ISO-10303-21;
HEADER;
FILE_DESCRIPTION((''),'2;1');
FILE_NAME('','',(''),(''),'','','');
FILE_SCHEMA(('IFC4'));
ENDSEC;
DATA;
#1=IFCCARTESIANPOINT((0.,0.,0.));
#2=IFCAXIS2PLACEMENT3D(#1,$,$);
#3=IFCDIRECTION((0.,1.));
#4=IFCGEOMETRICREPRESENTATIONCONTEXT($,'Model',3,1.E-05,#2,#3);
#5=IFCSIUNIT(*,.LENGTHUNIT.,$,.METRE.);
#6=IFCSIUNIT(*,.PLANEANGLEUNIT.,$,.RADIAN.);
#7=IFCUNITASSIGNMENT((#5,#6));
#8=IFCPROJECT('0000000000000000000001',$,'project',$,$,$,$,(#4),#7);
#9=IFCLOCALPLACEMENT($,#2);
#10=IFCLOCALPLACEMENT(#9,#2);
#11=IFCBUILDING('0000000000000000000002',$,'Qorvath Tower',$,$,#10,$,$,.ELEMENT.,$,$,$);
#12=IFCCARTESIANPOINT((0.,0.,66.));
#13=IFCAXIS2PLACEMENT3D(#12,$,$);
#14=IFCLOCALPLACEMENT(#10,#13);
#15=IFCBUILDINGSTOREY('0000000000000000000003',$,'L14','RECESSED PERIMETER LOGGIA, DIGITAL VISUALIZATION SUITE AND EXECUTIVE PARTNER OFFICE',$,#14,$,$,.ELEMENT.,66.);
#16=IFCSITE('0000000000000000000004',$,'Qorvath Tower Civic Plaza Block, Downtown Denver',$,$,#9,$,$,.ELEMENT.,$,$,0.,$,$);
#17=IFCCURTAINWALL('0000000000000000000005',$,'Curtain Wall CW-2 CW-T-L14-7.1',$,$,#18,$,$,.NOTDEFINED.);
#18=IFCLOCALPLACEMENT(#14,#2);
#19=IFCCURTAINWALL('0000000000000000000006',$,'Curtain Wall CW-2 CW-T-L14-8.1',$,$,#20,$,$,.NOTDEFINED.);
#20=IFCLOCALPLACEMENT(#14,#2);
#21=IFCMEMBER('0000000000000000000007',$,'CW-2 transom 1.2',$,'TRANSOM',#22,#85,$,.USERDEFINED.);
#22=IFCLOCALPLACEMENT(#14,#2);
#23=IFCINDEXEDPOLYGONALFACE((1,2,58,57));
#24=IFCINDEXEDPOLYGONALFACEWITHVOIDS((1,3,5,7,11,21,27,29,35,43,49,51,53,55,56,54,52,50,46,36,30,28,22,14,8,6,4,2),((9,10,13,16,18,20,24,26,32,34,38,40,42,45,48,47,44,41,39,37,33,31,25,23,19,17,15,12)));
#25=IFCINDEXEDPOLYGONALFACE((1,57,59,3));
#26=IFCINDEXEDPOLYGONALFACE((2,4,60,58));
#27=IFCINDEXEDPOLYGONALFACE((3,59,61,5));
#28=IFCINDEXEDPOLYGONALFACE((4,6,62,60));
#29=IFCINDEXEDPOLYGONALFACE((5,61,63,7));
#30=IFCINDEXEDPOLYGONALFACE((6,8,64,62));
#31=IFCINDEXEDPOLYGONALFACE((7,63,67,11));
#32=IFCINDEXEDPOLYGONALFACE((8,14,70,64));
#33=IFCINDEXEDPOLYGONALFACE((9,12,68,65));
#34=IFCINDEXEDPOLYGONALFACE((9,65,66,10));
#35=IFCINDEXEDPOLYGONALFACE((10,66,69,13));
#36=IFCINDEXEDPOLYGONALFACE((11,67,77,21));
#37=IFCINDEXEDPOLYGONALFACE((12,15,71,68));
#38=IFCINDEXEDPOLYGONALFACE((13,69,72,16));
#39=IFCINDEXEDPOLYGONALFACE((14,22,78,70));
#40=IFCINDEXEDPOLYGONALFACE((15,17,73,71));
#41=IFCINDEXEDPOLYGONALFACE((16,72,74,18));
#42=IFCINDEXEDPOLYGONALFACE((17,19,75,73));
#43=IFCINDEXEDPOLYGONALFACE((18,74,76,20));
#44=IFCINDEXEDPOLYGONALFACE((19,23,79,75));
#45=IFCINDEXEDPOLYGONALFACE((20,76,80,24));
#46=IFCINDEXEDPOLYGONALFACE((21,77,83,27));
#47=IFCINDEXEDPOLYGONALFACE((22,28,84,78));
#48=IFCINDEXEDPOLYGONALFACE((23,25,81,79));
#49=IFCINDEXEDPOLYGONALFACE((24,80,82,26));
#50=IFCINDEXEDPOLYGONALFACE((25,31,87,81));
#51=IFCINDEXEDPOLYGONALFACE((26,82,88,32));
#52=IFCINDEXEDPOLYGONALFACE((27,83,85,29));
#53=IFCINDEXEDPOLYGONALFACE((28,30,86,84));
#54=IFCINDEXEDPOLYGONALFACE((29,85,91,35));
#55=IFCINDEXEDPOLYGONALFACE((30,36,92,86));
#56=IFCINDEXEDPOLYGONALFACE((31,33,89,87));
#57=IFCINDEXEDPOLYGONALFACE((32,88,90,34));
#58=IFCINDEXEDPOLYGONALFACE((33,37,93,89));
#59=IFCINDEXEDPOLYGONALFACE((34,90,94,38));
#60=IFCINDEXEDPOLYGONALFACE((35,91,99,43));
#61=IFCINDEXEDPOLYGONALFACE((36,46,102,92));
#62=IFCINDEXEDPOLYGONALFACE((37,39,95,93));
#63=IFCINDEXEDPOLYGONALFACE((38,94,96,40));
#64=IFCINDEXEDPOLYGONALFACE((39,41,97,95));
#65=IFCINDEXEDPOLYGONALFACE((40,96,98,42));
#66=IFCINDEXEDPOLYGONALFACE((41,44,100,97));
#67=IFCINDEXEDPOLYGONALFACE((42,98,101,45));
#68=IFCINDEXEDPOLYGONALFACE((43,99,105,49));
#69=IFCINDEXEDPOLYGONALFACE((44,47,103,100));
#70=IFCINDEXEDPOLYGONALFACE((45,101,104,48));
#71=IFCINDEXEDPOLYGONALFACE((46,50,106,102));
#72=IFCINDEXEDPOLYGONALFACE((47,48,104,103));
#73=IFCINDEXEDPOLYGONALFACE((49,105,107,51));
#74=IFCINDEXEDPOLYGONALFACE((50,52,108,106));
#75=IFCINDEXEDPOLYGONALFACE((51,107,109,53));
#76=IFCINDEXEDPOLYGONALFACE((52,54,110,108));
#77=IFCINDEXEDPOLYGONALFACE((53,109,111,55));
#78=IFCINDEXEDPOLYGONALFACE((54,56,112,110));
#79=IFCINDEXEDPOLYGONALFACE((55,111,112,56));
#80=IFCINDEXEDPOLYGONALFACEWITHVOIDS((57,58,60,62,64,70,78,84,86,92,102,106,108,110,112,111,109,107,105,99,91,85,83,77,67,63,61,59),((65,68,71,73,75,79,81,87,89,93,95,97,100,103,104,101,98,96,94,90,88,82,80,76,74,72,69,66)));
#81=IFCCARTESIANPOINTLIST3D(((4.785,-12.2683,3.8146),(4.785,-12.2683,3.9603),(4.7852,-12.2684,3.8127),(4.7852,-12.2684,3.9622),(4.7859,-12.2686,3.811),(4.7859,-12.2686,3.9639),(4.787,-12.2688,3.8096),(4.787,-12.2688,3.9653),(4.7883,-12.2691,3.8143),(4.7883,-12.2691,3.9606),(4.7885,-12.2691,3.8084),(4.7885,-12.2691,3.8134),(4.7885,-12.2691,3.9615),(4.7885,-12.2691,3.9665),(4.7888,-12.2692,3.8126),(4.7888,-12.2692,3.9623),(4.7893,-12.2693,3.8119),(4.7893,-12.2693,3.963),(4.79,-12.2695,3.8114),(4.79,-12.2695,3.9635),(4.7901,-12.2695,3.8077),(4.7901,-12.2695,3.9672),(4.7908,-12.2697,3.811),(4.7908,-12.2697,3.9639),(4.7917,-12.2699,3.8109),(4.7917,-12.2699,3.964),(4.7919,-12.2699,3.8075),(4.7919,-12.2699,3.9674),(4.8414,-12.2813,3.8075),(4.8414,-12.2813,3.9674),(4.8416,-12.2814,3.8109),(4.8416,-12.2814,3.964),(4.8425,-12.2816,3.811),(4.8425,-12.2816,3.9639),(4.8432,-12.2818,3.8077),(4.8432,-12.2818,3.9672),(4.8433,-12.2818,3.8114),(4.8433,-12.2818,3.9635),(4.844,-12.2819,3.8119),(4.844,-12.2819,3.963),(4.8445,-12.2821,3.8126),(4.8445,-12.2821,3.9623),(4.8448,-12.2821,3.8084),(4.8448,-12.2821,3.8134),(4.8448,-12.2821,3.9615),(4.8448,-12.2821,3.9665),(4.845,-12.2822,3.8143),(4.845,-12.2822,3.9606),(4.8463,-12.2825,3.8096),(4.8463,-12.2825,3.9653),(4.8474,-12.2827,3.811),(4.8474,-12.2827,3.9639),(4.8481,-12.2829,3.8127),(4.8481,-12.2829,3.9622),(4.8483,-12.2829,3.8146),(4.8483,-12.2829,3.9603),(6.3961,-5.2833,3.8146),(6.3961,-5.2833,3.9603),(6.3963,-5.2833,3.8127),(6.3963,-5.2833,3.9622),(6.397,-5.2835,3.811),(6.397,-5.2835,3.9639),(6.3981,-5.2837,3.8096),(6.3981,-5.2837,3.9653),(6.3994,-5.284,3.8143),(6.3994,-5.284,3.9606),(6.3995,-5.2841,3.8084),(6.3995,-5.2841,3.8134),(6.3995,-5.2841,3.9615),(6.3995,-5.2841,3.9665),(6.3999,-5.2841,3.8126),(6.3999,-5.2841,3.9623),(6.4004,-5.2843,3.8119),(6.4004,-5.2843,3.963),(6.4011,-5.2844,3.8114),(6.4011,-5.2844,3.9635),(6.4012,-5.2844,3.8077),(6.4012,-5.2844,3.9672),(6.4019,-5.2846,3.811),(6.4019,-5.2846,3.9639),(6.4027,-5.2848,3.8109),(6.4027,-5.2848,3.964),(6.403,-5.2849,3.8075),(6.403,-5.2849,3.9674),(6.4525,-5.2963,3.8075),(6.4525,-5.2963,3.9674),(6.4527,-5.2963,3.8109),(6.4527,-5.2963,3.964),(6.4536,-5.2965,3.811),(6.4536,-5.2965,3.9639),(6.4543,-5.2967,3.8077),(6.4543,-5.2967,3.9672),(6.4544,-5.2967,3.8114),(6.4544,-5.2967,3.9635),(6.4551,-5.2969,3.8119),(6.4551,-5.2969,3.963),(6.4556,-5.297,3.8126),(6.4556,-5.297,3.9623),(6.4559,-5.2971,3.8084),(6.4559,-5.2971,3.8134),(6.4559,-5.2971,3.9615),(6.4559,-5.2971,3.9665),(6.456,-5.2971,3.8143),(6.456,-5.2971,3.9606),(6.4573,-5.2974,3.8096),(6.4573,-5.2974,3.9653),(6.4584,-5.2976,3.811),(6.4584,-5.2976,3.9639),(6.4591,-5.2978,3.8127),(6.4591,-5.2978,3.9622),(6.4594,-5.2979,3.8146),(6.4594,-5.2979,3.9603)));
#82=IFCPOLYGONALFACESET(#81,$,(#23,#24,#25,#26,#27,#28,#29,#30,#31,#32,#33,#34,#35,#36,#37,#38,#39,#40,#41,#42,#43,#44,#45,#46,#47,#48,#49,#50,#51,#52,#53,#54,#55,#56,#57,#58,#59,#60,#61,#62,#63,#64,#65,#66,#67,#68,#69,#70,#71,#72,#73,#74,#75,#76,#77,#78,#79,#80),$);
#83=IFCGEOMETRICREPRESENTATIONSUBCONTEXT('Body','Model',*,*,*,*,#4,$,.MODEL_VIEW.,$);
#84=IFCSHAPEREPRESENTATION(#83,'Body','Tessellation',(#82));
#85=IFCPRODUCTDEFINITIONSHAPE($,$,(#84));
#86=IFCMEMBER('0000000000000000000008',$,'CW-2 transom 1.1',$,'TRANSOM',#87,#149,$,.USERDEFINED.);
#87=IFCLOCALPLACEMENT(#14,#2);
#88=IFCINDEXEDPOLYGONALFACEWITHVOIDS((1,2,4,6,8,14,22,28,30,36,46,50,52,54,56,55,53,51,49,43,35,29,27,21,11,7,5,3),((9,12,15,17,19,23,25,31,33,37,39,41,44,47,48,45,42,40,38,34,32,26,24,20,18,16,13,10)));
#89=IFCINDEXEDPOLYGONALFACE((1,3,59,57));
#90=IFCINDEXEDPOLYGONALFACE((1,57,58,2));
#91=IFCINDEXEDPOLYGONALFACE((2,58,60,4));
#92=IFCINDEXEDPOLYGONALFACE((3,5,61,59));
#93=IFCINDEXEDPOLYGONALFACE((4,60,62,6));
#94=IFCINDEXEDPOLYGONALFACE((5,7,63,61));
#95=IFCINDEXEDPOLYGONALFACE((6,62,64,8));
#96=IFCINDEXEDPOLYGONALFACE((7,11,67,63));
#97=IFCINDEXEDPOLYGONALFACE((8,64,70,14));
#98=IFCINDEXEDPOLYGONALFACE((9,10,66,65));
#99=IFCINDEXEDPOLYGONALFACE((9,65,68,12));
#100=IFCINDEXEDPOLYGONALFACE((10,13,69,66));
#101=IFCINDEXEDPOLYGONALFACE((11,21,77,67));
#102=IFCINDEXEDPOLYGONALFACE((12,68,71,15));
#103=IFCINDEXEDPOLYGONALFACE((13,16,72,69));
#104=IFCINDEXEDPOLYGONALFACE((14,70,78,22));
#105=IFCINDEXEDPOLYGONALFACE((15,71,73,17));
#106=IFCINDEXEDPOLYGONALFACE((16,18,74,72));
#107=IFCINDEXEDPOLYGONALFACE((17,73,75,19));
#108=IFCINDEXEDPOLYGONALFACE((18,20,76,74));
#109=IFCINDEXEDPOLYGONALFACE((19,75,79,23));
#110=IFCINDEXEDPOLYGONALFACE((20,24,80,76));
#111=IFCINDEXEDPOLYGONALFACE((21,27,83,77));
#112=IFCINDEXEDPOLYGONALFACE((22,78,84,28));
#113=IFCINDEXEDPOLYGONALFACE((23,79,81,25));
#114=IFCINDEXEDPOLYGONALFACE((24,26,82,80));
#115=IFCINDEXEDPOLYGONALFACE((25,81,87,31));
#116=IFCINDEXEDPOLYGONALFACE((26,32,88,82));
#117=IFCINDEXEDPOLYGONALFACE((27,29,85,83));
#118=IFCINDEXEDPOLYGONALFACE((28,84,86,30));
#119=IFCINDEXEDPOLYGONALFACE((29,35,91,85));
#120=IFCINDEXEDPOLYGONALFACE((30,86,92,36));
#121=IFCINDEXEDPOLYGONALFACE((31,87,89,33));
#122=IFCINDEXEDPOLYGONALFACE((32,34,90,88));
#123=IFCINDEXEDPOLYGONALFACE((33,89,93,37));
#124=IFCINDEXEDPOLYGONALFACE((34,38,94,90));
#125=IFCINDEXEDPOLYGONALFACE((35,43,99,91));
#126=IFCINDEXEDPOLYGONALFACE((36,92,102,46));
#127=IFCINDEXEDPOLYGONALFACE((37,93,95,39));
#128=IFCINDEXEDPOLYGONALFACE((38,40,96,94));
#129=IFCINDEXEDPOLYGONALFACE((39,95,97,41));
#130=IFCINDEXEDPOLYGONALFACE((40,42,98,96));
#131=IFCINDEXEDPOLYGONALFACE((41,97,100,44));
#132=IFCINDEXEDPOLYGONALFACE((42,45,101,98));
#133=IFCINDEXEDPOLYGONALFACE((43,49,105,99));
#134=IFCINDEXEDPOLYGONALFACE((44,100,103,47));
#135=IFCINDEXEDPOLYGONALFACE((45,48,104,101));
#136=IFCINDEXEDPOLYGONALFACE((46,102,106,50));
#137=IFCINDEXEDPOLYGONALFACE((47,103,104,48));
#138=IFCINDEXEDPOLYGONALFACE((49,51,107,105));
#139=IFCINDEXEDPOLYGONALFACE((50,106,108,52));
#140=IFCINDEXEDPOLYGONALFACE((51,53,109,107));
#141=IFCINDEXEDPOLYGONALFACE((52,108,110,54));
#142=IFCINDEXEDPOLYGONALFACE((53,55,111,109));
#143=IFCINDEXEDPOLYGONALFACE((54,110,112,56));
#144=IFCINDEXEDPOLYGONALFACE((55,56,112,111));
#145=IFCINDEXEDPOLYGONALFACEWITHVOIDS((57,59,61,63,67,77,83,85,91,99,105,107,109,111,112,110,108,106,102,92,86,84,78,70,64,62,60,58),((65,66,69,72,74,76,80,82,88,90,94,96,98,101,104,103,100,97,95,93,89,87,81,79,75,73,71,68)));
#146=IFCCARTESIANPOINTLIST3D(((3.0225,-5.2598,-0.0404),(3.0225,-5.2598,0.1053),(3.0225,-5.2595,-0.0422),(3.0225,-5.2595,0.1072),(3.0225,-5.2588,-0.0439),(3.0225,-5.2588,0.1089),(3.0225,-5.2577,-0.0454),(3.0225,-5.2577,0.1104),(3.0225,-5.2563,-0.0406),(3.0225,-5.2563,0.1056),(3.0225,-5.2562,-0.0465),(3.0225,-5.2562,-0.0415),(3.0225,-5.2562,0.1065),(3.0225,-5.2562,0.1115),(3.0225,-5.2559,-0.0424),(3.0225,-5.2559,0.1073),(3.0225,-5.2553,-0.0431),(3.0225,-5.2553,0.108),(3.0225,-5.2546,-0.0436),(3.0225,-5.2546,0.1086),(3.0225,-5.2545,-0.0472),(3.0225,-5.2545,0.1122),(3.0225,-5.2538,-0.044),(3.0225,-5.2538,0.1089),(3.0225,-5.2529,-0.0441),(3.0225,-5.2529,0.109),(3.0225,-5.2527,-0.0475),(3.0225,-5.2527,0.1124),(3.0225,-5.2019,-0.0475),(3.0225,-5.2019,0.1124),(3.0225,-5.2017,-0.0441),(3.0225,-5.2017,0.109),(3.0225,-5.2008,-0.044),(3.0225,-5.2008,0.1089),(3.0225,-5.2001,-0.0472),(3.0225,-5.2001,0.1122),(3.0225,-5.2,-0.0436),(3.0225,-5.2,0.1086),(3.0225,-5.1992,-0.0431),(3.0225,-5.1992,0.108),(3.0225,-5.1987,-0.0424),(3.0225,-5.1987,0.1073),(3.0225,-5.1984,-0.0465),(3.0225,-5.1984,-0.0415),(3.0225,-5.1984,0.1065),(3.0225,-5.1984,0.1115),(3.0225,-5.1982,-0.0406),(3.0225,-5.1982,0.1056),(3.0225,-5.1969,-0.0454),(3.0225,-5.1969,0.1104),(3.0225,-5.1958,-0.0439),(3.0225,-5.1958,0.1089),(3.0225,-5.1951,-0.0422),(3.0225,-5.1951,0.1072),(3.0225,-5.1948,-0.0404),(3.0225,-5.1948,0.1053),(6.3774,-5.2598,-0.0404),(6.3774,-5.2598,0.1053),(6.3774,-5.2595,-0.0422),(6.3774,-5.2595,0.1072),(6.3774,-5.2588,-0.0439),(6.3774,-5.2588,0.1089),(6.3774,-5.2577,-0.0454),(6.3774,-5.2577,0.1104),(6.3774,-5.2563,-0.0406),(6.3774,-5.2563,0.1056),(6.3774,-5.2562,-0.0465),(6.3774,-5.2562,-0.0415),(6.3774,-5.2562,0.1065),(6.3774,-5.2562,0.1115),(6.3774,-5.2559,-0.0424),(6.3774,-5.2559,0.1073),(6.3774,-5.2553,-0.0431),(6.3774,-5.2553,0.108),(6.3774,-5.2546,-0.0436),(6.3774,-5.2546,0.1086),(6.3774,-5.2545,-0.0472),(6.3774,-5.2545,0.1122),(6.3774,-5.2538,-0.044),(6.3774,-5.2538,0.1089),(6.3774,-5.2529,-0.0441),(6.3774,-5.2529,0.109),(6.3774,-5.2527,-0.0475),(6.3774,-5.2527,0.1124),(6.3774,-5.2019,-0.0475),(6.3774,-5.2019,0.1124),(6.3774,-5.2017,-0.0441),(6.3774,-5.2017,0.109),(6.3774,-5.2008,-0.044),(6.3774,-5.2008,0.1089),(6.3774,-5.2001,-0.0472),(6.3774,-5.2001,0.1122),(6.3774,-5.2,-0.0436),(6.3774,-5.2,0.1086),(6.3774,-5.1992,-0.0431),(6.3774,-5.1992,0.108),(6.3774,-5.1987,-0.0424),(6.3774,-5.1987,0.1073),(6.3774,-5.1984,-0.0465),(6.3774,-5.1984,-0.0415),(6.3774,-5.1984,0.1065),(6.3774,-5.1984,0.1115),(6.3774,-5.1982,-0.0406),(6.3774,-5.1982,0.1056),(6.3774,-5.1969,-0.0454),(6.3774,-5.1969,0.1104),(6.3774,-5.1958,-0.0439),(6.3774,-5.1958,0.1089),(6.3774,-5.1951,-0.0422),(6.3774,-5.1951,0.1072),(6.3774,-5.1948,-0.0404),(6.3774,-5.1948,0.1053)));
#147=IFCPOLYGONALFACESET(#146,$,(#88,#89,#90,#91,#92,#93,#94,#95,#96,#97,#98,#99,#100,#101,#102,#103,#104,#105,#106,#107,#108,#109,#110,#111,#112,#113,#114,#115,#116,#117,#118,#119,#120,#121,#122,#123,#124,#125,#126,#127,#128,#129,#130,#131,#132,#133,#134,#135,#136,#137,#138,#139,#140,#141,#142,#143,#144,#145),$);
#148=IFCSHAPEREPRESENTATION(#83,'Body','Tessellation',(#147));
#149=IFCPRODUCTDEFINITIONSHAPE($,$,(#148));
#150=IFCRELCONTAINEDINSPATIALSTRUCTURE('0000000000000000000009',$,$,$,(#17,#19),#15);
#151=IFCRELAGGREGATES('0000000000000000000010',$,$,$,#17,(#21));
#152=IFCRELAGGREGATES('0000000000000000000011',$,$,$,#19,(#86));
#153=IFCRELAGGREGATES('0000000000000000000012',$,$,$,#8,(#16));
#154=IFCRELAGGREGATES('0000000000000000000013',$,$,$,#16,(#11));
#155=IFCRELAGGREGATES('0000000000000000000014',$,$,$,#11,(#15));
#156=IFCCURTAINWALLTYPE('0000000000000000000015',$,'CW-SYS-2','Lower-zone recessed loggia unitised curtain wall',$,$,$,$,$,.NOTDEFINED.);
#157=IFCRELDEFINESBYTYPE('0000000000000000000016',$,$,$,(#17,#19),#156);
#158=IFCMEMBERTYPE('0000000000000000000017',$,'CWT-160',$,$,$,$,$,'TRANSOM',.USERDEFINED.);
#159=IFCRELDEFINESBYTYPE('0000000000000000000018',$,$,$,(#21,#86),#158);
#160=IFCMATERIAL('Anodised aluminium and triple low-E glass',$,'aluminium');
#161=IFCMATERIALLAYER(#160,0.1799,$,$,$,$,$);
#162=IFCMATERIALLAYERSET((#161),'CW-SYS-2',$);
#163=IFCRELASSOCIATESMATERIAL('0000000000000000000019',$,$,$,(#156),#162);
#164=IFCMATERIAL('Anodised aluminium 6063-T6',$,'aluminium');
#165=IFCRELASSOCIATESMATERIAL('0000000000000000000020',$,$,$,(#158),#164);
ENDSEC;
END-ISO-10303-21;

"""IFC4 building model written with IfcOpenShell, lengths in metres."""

from ifc_helpers import new_model, si_unit, direction, frame, origin, origin_2d, place, context, subcontext, project, spatial, hollow_rectangle, extrude, material, layer, layer_set, material_profile, profile_set, type_object, element, aggregate, save


model = new_model("IFC4")

# Units and contexts
model_context = context("Model", 3, precision=1e-05, world=origin(), true_north=direction((0.0, 1.0)))
body_context = subcontext(model_context, "Body", "Model", "MODEL_VIEW")
ifc_project = project(units=[si_unit("LENGTHUNIT", "METRE"), si_unit("PLANEANGLEUNIT", "RADIAN")], contexts=[model_context])

# Site, building, storey
site_placement = place(None, origin())
site = spatial("IfcSite", under=ifc_project, at=site_placement, Name="Qorvath Tower Civic Plaza Block, Downtown Denver", CompositionType="ELEMENT", RefElevation=0.0)
building_placement = place(site_placement, origin())
building = spatial("IfcBuilding", under=site, at=building_placement, Name="Qorvath Tower", CompositionType="ELEMENT")
storey_placement = place(building_placement, frame((0.0, 0.0, 66.0)))
storey = spatial("IfcBuildingStorey", under=building, at=storey_placement, Name="L14", Description="RECESSED PERIMETER LOGGIA, DIGITAL VISUALIZATION SUITE AND EXECUTIVE PARTNER OFFICE", CompositionType="ELEMENT", Elevation=66.0)

# Shared definitions
ifc_material_1 = material(Name="Anodised aluminium and triple low-E glass", Category="aluminium")
ifc_layer_1 = layer(ifc_material_1, 0.1799)
ifc_layer_set_1 = layer_set([ifc_layer_1], Name="CW-SYS-2")
curtain_wall_type = type_object("IfcCurtainWallType", Name="CW-SYS-2", Description="Lower-zone recessed loggia unitised curtain wall", PredefinedType="NOTDEFINED", material=ifc_layer_set_1)

# Curtain walls
curtain_wall_1_placement = place(storey_placement, origin())
curtain_wall_1 = element("IfcCurtainWall", 1, at=curtain_wall_1_placement, inside=storey, type_object=curtain_wall_type, Name="Curtain Wall CW-2 CW-T-L14-7.1", PredefinedType="NOTDEFINED")
curtain_wall_2_placement = place(storey_placement, origin())
curtain_wall_2 = element("IfcCurtainWall", 2, at=curtain_wall_2_placement, inside=storey, type_object=curtain_wall_type, Name="Curtain Wall CW-2 CW-T-L14-8.1", PredefinedType="NOTDEFINED")

# Members
ifc_material_2 = material(Name="Anodised aluminium 6063-T6", Category="aluminium")
ifc_material_profile_1 = material_profile(ifc_material_2, hollow_rectangle(XDim=0.0649, YDim=0.1599, WallThickness=0.0034, InnerFilletRadius=0.0034, OuterFilletRadius=0.0071, at=origin_2d()), Name="CWT 160x65")
ifc_profile_set_1 = profile_set([ifc_material_profile_1], Name="Anodised aluminium 6063-T6")
member_type_1 = type_object("IfcMemberType", Name="CWT-160", ElementType="TRANSOM", PredefinedType="USERDEFINED", material=ifc_profile_set_1)
member_1_placement = place(storey_placement, frame((4.8167, -12.2756, 3.8875), z_axis=(0.224745, 0.974418, 0.0), x_axis=(-0.974418, 0.224745, 0.0)))
member_1 = element("IfcMember", 3, at=member_1_placement, type_object=member_type_1, Name="CW-2 transom 1.2", ObjectType="TRANSOM", PredefinedType="USERDEFINED", context=body_context, shape_type="SweptSolid", body=[
    extrude(hollow_rectangle(XDim=0.0649, YDim=0.1599, WallThickness=0.0034, InnerFilletRadius=0.0034, OuterFilletRadius=0.0071, at=origin_2d()), origin(), (0.0, 0.0, 1.0), 7.1685),
])
member_2_placement = place(storey_placement, frame((6.3774, -5.2273, 0.0325), z_axis=(-1.0, 0.0, 0.0), x_axis=(0.0, -1.0, 0.0)))
member_2 = element("IfcMember", 4, at=member_2_placement, type_object=member_type_1, Name="CW-2 transom 1.1", ObjectType="TRANSOM", PredefinedType="USERDEFINED", context=body_context, shape_type="SweptSolid", body=[
    extrude(hollow_rectangle(XDim=0.0649, YDim=0.1599, WallThickness=0.0034, InnerFilletRadius=0.0034, OuterFilletRadius=0.0071, at=origin_2d()), origin(), (0.0, 0.0, 1.0), 3.355),
])

aggregate(curtain_wall_1, [member_1])
aggregate(curtain_wall_2, [member_2])

save(model, "model.ifc")
